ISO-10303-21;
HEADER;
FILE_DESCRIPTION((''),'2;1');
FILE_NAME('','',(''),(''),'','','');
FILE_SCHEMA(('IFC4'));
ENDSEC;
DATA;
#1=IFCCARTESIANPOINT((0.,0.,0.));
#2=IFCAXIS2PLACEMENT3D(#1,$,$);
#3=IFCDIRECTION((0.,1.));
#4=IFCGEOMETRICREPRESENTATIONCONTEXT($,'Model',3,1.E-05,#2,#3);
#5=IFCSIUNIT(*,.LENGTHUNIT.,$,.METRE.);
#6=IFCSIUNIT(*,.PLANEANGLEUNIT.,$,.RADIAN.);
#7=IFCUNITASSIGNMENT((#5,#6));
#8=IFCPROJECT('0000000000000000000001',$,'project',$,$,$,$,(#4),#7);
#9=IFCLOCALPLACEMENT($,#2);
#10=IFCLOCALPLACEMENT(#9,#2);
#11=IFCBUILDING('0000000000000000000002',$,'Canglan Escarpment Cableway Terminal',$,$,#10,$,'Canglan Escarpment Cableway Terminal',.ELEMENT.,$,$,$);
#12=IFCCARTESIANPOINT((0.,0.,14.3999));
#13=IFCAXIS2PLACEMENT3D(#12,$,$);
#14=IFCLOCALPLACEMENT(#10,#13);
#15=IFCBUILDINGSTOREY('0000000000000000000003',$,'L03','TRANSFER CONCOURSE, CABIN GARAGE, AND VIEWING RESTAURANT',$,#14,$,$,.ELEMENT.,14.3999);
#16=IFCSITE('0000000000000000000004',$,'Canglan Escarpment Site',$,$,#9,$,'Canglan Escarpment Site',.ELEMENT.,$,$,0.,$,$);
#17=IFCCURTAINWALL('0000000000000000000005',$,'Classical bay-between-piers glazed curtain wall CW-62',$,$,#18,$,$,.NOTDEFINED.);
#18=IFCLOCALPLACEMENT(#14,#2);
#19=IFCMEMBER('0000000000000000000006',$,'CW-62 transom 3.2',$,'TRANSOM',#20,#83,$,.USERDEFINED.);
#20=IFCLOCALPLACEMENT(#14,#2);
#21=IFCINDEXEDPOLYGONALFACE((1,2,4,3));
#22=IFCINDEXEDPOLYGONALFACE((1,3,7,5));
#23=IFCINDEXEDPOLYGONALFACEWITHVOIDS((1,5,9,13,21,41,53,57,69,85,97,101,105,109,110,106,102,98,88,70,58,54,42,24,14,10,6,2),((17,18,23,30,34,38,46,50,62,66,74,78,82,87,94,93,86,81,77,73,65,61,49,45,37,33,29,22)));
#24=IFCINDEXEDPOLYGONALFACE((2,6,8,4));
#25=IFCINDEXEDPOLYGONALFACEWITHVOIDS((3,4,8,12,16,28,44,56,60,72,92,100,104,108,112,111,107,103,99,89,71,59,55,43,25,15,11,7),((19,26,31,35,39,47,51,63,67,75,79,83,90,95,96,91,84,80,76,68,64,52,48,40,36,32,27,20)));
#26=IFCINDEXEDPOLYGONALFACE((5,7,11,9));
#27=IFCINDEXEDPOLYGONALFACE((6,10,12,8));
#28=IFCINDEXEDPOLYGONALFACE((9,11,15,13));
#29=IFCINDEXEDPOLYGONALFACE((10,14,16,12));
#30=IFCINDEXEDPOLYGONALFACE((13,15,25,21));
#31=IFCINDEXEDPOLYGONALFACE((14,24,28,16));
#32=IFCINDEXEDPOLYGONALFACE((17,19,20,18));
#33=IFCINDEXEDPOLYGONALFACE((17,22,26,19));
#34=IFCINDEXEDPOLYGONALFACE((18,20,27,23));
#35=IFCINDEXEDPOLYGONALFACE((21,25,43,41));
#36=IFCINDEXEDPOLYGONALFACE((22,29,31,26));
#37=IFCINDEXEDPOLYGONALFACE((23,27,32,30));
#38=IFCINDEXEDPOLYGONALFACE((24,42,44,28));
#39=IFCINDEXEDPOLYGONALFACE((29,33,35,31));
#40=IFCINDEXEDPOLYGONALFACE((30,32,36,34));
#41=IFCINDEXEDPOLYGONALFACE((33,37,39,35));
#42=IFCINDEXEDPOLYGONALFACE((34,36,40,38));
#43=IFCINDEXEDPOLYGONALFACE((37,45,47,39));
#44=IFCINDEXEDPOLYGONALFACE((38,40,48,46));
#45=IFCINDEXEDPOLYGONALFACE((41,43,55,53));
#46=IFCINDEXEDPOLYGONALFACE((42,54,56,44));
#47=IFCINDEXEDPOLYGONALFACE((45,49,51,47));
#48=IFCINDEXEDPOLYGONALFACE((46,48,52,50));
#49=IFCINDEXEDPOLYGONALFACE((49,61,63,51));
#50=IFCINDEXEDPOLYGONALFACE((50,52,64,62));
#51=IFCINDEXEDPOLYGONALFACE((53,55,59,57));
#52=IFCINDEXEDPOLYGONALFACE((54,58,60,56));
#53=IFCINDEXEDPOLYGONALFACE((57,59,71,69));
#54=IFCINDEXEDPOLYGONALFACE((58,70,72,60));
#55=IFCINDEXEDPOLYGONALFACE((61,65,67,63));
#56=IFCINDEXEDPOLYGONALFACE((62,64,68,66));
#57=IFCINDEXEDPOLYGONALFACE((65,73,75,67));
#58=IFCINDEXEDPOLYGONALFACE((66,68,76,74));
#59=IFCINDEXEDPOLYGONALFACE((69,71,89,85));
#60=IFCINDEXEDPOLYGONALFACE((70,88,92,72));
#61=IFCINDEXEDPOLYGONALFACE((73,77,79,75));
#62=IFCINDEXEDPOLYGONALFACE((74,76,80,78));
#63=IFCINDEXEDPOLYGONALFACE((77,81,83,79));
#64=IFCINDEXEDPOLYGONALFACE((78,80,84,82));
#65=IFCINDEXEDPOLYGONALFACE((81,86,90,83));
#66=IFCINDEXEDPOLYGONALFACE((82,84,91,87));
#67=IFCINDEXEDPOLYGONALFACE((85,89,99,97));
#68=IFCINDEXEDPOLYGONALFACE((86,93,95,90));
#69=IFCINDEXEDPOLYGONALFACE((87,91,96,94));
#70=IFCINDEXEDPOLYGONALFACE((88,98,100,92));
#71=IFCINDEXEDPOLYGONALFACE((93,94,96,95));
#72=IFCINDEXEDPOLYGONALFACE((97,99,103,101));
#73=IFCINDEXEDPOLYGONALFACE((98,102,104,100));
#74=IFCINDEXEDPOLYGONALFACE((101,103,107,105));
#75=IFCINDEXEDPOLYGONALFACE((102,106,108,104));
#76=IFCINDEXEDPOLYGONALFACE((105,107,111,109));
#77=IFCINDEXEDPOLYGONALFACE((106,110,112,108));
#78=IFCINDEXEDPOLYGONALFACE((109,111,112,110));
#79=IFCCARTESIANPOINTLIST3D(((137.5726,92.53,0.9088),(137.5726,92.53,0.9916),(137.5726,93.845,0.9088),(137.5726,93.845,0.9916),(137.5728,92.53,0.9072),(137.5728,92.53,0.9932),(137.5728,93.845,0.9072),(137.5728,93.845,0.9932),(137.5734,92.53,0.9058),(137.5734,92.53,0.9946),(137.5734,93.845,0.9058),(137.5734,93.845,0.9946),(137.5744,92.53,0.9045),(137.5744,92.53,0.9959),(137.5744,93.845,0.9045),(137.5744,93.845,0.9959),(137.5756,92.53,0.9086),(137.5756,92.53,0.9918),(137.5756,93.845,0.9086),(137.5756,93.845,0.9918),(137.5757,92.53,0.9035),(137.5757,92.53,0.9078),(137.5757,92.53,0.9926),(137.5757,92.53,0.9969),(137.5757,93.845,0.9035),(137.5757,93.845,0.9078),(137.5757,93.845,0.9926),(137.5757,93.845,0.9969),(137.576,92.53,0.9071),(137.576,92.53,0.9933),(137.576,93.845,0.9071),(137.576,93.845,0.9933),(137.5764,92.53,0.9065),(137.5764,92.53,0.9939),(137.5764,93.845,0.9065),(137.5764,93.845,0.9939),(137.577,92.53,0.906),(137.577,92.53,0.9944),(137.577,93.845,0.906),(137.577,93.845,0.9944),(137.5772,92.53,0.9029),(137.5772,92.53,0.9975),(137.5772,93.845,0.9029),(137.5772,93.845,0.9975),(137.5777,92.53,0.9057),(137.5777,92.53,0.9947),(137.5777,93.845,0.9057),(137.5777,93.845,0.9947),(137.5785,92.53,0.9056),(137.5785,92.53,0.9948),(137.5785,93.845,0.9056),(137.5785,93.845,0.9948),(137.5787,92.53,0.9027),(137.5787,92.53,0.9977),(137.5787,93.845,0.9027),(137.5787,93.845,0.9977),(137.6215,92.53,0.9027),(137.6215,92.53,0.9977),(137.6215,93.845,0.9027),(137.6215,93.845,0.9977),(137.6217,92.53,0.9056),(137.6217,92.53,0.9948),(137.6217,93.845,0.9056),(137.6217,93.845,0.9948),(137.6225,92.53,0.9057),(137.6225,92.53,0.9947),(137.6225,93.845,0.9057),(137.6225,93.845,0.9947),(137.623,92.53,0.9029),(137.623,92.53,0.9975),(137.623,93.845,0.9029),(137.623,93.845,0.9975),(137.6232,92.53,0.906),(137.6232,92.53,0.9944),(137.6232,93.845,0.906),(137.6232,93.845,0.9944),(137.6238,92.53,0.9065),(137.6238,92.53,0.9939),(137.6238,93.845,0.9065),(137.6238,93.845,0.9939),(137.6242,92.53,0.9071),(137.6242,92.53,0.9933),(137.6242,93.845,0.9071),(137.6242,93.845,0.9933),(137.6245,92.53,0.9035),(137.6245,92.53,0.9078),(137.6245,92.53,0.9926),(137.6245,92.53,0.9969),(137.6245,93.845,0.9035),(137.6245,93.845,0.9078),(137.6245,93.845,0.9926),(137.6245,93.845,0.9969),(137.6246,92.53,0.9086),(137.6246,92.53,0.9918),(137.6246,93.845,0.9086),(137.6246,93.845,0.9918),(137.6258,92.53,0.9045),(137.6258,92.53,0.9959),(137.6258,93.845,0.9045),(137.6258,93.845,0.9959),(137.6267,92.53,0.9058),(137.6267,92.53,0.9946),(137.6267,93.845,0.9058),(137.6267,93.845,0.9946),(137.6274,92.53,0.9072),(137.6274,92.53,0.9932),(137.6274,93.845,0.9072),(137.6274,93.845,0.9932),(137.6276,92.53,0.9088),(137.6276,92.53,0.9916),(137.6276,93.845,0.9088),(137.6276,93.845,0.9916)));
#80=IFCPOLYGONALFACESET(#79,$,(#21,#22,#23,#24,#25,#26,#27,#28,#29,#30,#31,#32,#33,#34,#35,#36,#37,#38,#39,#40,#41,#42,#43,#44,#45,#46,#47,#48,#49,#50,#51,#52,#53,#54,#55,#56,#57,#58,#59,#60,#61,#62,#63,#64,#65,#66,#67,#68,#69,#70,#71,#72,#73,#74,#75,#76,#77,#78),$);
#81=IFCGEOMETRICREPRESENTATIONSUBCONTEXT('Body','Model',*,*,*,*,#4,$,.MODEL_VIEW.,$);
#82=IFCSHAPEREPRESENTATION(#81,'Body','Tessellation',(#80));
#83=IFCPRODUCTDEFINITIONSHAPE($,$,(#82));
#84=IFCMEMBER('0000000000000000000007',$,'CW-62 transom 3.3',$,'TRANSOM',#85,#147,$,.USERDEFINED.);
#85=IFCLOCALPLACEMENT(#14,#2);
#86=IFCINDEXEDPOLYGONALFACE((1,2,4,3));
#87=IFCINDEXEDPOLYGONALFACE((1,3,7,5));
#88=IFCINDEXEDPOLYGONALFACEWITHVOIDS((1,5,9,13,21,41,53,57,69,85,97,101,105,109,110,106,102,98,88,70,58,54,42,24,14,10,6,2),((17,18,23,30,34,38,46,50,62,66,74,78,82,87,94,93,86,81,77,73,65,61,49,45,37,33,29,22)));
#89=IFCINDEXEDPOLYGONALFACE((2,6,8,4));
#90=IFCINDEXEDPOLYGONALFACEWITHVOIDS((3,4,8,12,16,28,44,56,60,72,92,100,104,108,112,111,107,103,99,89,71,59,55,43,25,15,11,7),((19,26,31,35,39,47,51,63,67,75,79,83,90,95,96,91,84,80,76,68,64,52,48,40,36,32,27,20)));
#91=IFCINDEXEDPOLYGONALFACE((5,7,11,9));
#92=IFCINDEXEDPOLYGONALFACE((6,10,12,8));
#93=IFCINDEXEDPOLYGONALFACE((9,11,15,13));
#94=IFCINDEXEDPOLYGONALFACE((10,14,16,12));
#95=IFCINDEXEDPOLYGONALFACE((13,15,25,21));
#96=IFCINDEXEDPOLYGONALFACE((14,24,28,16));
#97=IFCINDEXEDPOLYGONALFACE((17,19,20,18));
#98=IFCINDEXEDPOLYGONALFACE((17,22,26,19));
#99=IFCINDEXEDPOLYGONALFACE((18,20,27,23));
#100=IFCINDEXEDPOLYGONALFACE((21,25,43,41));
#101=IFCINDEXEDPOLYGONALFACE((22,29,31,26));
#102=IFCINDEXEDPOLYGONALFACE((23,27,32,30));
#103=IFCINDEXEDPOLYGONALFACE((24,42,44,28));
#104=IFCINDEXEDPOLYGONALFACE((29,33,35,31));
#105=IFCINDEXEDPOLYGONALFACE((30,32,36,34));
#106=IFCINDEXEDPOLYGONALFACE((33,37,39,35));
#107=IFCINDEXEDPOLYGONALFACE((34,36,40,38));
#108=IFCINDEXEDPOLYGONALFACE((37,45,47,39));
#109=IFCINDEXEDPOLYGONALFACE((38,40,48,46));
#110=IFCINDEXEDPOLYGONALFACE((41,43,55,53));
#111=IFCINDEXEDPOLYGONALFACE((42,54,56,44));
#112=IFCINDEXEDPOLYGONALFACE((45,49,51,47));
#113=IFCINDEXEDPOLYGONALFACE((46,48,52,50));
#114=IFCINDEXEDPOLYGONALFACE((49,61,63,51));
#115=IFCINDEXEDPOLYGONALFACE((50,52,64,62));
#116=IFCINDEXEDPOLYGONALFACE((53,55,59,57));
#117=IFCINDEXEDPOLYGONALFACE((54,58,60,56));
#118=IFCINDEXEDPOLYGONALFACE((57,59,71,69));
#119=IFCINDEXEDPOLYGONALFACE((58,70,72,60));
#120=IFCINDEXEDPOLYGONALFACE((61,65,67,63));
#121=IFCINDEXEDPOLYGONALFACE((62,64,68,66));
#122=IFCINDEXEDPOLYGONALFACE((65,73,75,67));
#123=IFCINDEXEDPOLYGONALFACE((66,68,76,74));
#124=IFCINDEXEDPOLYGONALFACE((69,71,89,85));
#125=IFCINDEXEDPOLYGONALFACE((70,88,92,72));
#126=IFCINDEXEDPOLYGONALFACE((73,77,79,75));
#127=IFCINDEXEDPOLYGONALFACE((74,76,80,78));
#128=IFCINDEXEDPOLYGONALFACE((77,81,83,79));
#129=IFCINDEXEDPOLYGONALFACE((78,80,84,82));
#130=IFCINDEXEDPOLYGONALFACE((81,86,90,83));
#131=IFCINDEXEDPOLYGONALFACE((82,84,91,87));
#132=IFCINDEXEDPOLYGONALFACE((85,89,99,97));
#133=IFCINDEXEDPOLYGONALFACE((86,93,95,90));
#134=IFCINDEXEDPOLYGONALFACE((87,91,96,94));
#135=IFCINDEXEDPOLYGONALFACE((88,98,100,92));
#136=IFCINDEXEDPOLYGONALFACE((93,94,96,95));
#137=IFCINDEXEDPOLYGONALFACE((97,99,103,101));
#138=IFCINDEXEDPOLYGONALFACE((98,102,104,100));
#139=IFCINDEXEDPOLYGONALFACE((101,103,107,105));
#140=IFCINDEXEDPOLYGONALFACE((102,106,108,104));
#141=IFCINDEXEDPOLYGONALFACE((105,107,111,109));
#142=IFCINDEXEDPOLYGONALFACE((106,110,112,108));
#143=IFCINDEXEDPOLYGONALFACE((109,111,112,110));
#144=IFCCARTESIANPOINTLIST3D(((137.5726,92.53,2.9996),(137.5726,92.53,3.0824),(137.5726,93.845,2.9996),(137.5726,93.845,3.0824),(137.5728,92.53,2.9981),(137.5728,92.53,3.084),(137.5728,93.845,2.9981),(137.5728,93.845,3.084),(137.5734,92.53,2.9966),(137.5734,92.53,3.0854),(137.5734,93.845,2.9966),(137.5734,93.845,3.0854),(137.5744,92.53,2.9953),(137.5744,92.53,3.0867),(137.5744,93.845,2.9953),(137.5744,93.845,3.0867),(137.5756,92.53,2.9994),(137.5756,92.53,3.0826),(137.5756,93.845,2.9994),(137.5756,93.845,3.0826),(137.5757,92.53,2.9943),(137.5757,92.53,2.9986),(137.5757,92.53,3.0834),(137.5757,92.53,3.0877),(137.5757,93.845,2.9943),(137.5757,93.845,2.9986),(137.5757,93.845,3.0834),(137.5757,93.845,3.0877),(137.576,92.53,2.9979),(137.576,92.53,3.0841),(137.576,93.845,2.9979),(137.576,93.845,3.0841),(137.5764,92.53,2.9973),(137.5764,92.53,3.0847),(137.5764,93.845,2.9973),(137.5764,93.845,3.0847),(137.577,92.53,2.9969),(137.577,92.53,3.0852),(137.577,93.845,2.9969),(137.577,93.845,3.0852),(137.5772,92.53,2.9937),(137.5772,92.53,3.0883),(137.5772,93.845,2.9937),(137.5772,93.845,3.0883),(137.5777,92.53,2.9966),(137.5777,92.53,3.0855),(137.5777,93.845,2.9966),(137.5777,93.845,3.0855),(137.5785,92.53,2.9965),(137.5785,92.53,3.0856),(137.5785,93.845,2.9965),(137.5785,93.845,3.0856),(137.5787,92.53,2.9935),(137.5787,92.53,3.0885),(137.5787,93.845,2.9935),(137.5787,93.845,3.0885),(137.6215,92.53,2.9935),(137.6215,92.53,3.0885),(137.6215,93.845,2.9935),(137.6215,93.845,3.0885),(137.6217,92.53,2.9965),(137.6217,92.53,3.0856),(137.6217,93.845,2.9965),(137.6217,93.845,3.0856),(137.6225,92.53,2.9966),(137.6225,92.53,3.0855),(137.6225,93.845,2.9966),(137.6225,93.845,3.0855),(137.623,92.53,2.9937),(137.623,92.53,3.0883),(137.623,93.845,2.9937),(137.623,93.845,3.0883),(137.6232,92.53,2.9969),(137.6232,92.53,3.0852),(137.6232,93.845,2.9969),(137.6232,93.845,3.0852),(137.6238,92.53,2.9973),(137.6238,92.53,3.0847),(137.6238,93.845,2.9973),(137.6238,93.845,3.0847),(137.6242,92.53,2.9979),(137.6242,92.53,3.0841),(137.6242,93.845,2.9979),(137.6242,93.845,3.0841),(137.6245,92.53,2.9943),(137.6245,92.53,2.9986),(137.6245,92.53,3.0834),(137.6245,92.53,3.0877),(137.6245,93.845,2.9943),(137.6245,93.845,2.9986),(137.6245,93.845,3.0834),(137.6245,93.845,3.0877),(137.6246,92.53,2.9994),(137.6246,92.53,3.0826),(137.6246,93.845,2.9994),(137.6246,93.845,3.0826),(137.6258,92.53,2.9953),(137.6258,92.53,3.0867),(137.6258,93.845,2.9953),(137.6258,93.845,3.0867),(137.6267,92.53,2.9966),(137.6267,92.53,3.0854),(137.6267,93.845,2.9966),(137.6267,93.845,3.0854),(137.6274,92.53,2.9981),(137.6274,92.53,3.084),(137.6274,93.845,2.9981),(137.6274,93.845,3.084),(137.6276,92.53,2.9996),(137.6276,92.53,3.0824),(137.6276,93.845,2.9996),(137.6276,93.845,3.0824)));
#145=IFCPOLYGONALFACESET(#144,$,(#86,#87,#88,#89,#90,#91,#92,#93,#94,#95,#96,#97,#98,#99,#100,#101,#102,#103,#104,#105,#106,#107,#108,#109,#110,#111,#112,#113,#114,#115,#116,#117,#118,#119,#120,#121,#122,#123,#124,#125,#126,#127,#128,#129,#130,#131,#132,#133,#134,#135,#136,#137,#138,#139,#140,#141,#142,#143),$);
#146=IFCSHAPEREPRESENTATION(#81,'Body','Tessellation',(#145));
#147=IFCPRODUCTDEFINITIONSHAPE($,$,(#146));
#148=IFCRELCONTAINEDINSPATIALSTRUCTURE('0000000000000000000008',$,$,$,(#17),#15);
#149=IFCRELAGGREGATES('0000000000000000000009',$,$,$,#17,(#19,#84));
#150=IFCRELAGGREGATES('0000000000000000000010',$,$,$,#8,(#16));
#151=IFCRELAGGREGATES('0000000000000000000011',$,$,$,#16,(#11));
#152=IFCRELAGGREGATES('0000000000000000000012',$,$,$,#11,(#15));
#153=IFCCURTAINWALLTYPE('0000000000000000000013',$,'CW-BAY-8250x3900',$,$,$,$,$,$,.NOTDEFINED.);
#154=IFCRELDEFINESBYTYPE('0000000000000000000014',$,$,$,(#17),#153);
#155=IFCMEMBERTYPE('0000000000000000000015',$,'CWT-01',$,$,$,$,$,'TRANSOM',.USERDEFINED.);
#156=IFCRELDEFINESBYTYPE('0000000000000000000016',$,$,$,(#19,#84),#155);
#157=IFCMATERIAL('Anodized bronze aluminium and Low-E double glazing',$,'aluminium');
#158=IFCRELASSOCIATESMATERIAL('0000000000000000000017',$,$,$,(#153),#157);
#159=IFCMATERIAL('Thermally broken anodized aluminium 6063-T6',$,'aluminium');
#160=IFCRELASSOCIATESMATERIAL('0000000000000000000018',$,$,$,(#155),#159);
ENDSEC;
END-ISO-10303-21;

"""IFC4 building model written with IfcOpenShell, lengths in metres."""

from ifc_helpers import new_model, si_unit, direction, frame, origin, origin_2d, place, context, subcontext, project, spatial, hollow_rectangle, extrude, material, material_profile, profile_set, type_object, element, aggregate, save


model = new_model("IFC4")

# Units and contexts
model_context = context("Model", 3, precision=1e-05, world=origin(), true_north=direction((0.0, 1.0)))
body_context = subcontext(model_context, "Body", "Model", "MODEL_VIEW")
ifc_project = project(units=[si_unit("LENGTHUNIT", "METRE"), si_unit("PLANEANGLEUNIT", "RADIAN")], contexts=[model_context])

# Site, building, storey
site_placement = place(None, origin())
site = spatial("IfcSite", under=ifc_project, at=site_placement, Name="Canglan Escarpment Site", LongName="Canglan Escarpment Site", CompositionType="ELEMENT", RefElevation=0.0)
building_placement = place(site_placement, origin())
building = spatial("IfcBuilding", under=site, at=building_placement, Name="Canglan Escarpment Cableway Terminal", LongName="Canglan Escarpment Cableway Terminal", CompositionType="ELEMENT")
storey_placement = place(building_placement, frame((0.0, 0.0, 14.3999)))
storey = spatial("IfcBuildingStorey", under=building, at=storey_placement, Name="L03", Description="TRANSFER CONCOURSE, CABIN GARAGE, AND VIEWING RESTAURANT", CompositionType="ELEMENT", Elevation=14.3999)

# Curtain wall, members
ifc_material_1 = material(Name="Anodized bronze aluminium and Low-E double glazing", Category="aluminium")
curtain_wall_type = type_object("IfcCurtainWallType", Name="CW-BAY-8250x3900", PredefinedType="NOTDEFINED", material=ifc_material_1)
curtain_wall_placement = place(storey_placement, origin())
curtain_wall = element("IfcCurtainWall", 1, at=curtain_wall_placement, inside=storey, type_object=curtain_wall_type, Name="Classical bay-between-piers glazed curtain wall CW-62", PredefinedType="NOTDEFINED")
ifc_material_2 = material(Name="Thermally broken anodized aluminium 6063-T6", Category="aluminium")
ifc_material_profile_1 = material_profile(ifc_material_2, hollow_rectangle(XDim=0.0549, YDim=0.095, WallThickness=0.0029, InnerFilletRadius=0.0029, OuterFilletRadius=0.0061, at=origin_2d()), Name="ALU-TRAN 55x95x3")
ifc_profile_set_1 = profile_set([ifc_material_profile_1], Name="Thermally broken anodized aluminium 6063-T6")
member_type_1 = type_object("IfcMemberType", Name="CWT-01", ElementType="TRANSOM", PredefinedType="USERDEFINED", material=ifc_profile_set_1)
member_1_placement = place(storey_placement, frame((137.6001, 93.845, 0.9502), z_axis=(0.0, -1.0, 0.0), x_axis=(1.0, 0.0, 0.0)))
member_1 = element("IfcMember", 2, at=member_1_placement, type_object=member_type_1, Name="CW-62 transom 3.2", ObjectType="TRANSOM", PredefinedType="USERDEFINED", context=body_context, shape_type="SweptSolid", body=[
    extrude(hollow_rectangle(XDim=0.0549, YDim=0.095, WallThickness=0.0029, InnerFilletRadius=0.0029, OuterFilletRadius=0.0061, at=origin_2d()), origin(), (0.0, 0.0, 1.0), 1.3149),
])
member_2_placement = place(storey_placement, frame((137.6001, 93.845, 3.041), z_axis=(0.0, -1.0, 0.0), x_axis=(1.0, 0.0, 0.0)))
member_2 = element("IfcMember", 3, at=member_2_placement, type_object=member_type_1, Name="CW-62 transom 3.3", ObjectType="TRANSOM", PredefinedType="USERDEFINED", context=body_context, shape_type="SweptSolid", body=[
    extrude(hollow_rectangle(XDim=0.0549, YDim=0.095, WallThickness=0.0029, InnerFilletRadius=0.0029, OuterFilletRadius=0.0061, at=origin_2d()), origin(), (0.0, 0.0, 1.0), 1.3149),
])

aggregate(curtain_wall, [member_1, member_2])

save(model, "model.ifc")
